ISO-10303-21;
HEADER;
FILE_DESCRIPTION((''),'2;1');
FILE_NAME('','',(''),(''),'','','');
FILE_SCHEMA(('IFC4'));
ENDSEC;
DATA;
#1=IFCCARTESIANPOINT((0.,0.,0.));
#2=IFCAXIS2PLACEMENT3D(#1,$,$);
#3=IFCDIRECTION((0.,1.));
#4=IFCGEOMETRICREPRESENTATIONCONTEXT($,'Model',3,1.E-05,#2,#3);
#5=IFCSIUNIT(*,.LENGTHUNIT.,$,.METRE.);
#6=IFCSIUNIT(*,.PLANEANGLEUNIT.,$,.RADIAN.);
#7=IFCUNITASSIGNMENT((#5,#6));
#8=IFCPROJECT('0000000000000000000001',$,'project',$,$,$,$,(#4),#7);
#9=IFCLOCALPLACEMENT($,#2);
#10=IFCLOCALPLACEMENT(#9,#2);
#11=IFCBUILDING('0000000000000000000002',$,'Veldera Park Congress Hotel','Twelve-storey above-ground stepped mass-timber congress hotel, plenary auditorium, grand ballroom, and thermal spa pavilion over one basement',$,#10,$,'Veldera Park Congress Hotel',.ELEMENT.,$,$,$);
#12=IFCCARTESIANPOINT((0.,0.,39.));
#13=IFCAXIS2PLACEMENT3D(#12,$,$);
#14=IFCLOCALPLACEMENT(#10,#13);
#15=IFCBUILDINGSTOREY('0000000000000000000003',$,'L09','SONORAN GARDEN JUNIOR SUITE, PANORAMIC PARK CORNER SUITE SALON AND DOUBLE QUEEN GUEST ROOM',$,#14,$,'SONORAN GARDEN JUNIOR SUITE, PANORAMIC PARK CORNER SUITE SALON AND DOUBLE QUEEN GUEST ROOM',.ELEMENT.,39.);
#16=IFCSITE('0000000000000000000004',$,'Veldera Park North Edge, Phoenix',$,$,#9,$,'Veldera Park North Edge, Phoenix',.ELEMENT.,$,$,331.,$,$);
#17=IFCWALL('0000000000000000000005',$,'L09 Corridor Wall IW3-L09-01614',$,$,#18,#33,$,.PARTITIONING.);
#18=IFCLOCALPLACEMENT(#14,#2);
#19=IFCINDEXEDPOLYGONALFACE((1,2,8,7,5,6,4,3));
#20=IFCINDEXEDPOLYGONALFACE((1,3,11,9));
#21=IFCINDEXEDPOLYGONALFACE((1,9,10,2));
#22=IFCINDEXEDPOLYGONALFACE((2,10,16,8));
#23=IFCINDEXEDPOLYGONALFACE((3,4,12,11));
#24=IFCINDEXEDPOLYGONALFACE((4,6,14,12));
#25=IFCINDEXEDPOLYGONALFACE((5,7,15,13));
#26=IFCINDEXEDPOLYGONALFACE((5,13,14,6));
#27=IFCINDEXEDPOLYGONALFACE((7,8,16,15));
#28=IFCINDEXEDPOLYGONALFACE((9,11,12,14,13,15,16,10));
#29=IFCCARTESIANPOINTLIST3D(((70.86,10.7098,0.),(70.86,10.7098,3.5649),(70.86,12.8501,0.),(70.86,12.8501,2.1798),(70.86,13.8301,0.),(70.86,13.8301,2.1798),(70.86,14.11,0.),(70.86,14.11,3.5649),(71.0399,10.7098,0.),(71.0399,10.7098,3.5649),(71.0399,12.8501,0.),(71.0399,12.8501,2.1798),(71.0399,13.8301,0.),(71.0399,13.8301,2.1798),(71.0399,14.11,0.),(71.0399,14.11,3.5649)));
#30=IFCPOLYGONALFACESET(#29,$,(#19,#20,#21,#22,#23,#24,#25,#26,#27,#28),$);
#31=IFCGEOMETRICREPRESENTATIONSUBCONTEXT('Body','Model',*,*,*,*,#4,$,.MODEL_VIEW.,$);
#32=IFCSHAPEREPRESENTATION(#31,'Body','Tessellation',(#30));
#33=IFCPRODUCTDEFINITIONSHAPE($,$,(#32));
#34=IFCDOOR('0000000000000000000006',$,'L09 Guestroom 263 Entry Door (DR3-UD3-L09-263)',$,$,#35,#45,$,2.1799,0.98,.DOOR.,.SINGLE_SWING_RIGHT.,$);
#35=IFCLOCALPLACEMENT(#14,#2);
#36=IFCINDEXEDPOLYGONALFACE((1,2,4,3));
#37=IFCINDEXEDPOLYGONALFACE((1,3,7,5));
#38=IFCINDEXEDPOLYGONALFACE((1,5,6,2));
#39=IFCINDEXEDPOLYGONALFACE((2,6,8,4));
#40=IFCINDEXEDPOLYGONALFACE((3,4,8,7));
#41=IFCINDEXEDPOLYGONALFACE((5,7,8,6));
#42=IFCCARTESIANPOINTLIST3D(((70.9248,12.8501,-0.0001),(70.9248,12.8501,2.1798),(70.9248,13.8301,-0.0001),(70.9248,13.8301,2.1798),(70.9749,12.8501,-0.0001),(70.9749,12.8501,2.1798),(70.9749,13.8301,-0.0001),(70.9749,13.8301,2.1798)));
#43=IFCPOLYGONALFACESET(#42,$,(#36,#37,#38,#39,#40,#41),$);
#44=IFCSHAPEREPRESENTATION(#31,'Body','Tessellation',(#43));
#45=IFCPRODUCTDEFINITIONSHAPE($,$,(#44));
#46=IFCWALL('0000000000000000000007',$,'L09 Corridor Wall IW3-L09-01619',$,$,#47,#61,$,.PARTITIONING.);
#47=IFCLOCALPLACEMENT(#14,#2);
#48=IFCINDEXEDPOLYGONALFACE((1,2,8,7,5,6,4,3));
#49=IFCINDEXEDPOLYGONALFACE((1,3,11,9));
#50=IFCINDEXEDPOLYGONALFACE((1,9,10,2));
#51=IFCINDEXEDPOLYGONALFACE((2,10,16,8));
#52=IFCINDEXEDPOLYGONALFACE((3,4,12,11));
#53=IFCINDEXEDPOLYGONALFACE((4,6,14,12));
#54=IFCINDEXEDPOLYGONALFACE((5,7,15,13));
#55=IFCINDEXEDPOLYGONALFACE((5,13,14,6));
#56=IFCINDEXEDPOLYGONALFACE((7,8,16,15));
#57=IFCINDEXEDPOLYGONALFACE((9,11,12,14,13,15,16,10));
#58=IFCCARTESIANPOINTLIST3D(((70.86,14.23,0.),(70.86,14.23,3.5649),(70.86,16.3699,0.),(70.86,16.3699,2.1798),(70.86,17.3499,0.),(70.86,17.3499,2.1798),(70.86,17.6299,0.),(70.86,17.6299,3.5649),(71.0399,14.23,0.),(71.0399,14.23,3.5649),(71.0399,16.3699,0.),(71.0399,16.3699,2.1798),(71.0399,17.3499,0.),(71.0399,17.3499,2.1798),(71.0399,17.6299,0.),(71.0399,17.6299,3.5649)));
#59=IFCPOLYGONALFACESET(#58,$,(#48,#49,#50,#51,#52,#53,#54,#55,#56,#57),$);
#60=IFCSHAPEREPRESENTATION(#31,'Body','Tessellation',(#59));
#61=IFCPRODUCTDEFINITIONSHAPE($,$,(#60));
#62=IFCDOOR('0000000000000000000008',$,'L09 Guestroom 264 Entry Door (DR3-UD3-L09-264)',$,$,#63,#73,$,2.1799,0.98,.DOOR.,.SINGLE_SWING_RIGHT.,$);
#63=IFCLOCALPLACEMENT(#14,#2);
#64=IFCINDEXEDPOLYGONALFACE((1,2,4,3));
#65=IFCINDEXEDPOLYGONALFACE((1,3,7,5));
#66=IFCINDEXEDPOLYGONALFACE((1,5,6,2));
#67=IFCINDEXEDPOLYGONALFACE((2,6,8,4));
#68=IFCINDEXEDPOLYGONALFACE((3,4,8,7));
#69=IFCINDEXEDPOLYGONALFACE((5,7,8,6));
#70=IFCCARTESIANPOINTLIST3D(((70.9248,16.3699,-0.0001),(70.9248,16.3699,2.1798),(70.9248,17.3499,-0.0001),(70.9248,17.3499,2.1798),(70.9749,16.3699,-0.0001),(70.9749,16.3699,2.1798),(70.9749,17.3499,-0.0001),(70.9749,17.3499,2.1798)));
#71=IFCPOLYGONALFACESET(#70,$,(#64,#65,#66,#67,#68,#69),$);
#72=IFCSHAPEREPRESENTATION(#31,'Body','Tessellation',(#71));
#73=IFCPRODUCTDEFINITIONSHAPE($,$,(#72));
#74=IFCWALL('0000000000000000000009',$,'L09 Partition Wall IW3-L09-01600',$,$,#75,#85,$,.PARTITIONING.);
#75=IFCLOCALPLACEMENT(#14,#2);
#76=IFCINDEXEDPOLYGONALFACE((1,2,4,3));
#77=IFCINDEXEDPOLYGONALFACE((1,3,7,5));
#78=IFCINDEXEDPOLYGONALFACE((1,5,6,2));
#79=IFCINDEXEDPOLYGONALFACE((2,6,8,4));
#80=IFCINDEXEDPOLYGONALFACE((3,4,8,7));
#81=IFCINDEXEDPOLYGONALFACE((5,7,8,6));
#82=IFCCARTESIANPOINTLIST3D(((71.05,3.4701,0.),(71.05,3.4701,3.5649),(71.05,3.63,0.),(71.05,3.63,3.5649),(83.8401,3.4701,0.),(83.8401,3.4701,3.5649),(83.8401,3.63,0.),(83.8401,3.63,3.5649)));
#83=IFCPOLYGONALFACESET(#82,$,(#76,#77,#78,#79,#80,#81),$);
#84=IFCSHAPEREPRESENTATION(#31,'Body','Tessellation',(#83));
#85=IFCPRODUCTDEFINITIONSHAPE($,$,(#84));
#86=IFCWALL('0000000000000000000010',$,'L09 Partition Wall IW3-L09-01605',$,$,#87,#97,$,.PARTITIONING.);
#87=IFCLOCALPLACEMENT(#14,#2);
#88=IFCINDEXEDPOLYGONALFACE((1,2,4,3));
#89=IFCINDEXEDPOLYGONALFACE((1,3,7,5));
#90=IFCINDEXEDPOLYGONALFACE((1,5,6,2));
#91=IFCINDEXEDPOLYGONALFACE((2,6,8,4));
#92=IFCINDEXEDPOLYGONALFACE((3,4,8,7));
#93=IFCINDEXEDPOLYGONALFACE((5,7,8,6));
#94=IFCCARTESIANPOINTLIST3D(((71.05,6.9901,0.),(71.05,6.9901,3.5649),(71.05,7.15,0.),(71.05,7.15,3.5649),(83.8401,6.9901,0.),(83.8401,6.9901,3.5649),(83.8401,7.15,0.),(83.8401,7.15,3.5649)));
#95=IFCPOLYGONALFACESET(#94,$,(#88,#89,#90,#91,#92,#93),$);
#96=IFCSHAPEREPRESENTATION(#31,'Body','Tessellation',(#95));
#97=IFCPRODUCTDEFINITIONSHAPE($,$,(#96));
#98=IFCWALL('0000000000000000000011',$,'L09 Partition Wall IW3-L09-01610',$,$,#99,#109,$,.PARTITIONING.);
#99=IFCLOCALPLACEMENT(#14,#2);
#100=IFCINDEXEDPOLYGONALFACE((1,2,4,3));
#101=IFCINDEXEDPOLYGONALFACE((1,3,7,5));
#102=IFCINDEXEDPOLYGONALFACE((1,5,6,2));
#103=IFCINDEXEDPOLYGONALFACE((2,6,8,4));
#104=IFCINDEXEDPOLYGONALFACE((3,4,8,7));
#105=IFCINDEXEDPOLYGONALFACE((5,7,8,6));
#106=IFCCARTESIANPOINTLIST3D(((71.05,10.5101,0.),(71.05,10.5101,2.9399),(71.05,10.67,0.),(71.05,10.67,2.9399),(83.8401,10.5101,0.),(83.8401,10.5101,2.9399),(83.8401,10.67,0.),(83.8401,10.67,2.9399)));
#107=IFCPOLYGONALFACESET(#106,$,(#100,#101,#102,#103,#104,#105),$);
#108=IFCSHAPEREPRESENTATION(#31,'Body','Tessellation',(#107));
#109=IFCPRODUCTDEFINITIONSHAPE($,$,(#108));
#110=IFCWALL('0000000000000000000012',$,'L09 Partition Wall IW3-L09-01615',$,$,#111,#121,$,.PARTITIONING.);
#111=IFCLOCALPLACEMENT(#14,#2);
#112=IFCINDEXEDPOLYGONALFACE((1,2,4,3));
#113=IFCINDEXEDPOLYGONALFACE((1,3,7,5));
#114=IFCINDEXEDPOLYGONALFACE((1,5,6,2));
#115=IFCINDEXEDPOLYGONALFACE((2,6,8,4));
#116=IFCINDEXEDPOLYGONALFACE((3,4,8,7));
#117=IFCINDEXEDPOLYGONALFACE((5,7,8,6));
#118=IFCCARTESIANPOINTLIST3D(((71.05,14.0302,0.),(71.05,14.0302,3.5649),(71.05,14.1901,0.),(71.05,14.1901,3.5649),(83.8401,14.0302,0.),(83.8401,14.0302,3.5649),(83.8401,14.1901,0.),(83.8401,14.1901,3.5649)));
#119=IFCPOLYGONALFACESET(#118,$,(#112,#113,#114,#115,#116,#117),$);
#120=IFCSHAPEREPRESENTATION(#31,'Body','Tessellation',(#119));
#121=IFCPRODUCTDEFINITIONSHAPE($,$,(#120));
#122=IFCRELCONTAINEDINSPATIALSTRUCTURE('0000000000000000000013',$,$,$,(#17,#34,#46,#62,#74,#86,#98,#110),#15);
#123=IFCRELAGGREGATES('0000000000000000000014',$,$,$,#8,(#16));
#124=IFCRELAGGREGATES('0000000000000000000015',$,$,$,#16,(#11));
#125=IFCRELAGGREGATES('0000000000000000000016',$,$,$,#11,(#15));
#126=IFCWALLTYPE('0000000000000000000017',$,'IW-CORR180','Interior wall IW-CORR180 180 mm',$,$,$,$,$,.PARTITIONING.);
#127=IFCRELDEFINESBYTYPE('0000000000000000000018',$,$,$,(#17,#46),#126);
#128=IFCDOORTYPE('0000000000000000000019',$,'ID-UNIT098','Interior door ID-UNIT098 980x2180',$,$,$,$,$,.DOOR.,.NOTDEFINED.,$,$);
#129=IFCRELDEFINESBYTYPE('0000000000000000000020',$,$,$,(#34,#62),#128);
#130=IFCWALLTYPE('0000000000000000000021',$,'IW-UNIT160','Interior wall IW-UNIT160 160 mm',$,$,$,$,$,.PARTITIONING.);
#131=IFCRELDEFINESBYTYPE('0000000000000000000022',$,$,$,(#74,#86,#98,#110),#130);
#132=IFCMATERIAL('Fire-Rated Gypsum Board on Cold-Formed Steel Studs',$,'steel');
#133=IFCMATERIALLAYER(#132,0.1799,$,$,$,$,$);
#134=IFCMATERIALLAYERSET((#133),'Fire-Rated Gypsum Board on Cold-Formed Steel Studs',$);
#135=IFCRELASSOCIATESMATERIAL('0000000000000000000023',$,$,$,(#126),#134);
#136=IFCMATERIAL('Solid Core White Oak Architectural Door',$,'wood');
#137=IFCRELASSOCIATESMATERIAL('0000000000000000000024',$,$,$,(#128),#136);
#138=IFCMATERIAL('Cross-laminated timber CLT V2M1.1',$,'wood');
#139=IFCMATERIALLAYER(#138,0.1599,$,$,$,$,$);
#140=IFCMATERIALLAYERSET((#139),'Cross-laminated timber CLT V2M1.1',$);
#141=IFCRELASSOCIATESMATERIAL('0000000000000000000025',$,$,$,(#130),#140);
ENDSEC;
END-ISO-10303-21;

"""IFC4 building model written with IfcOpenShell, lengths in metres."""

from ifc_helpers import new_model, si_unit, direction, frame, frame_2d, origin, place, context, subcontext, project, spatial, rectangle, extrude, material, layer, layer_set, type_object, element, fill, save


model = new_model("IFC4")

# Units and contexts
model_context = context("Model", 3, precision=1e-05, world=origin(), true_north=direction((0.0, 1.0)))
body_context = subcontext(model_context, "Body", "Model", "MODEL_VIEW")
ifc_project = project(units=[si_unit("LENGTHUNIT", "METRE"), si_unit("PLANEANGLEUNIT", "RADIAN")], contexts=[model_context])

# Site, building, storey
site_placement = place(None, origin())
site = spatial("IfcSite", under=ifc_project, at=site_placement, Name="Veldera Park North Edge, Phoenix", LongName="Veldera Park North Edge, Phoenix", CompositionType="ELEMENT", RefElevation=331.0)
building_placement = place(site_placement, origin())
building = spatial("IfcBuilding", under=site, at=building_placement, Name="Veldera Park Congress Hotel", Description="Twelve-storey above-ground stepped mass-timber congress hotel, plenary auditorium, grand ballroom, and thermal spa pavilion over one basement", LongName="Veldera Park Congress Hotel", CompositionType="ELEMENT")
storey_placement = place(building_placement, frame((0.0, 0.0, 39.0)))
storey = spatial("IfcBuildingStorey", under=building, at=storey_placement, Name="L09", Description="SONORAN GARDEN JUNIOR SUITE, PANORAMIC PARK CORNER SUITE SALON AND DOUBLE QUEEN GUEST ROOM", LongName="SONORAN GARDEN JUNIOR SUITE, PANORAMIC PARK CORNER SUITE SALON AND DOUBLE QUEEN GUEST ROOM", CompositionType="ELEMENT", Elevation=39.0)

# Shared definitions
ifc_material_1 = material(Name="Cross-laminated timber CLT V2M1.1", Category="wood")

# Walls, openings, doors
ifc_material_2 = material(Name="Fire-Rated Gypsum Board on Cold-Formed Steel Studs", Category="steel")
ifc_layer_1 = layer(ifc_material_2, 0.1799)
ifc_layer_set_1 = layer_set([ifc_layer_1], Name="Fire-Rated Gypsum Board on Cold-Formed Steel Studs")
wall_type_1 = type_object("IfcWallType", Name="IW-CORR180", Description="Interior wall IW-CORR180 180 mm", PredefinedType="PARTITIONING", material=ifc_layer_set_1)
ifc_material_3 = material(Name="Solid Core White Oak Architectural Door", Category="wood")
door_type = type_object("IfcDoorType", Name="ID-UNIT098", Description="Interior door ID-UNIT098 980x2180", OperationType="NOTDEFINED", PredefinedType="DOOR", material=ifc_material_3)
wall_1_placement = place(storey_placement, frame((70.95, 14.1101, 0.0), z_axis=(0.0, 0.0, 1.0), x_axis=(0.0, -1.0, 0.0)))
wall_1 = element("IfcWall", 1, at=wall_1_placement, inside=storey, type_object=wall_type_1, Name="L09 Corridor Wall IW3-L09-01614", PredefinedType="PARTITIONING", context=body_context, shape_type="SweptSolid", body=[
    extrude(rectangle(XDim=3.4001, YDim=0.1799, at=frame_2d((1.7002, 0.0))), origin(), (0.0, 0.0, 1.0), 3.5649),
])
opening_1_placement = place(wall_1_placement, frame((0.28, 0.0, 0.0)))
opening_1 = element("IfcOpeningElement", 2, at=opening_1_placement, cuts=wall_1, PredefinedType="OPENING", context=body_context, shape_type="SweptSolid", body=[
    extrude(rectangle(XDim=0.98, YDim=2.1799, at=frame_2d((0.49, 1.0898))), frame((0.0, 0.1021, 0.0), z_axis=(0.0, -1.0, 0.0), x_axis=(1.0, 0.0, 0.0)), (0.0, 0.0, 1.0), 0.2039),
])
door_1_placement = place(opening_1_placement, origin())
door_1 = element("IfcDoor", 3, at=door_1_placement, inside=storey, type_object=door_type, Name="L09 Guestroom 263 Entry Door (DR3-UD3-L09-263)", OperationType="SINGLE_SWING_RIGHT", OverallHeight=2.1799, OverallWidth=0.98, PredefinedType="DOOR", context=body_context, shape_type="SweptSolid", body=[
    extrude(rectangle(XDim=0.98, YDim=2.1799, at=frame_2d((0.49, 1.0898))), frame((0.0, 0.0249, 0.0), z_axis=(0.0, -1.0, 0.0), x_axis=(1.0, 0.0, 0.0)), (0.0, 0.0, 1.0), 0.05),
])
fill(opening_1, door_1)
wall_2_placement = place(storey_placement, frame((70.95, 17.6299, 0.0), z_axis=(0.0, 0.0, 1.0), x_axis=(0.0, -1.0, 0.0)))
wall_2 = element("IfcWall", 4, at=wall_2_placement, inside=storey, type_object=wall_type_1, Name="L09 Corridor Wall IW3-L09-01619", PredefinedType="PARTITIONING", context=body_context, shape_type="SweptSolid", body=[
    extrude(rectangle(XDim=3.3999, YDim=0.1799, at=frame_2d((1.7, 0.0))), origin(), (0.0, 0.0, 1.0), 3.5649),
])
opening_2_placement = place(wall_2_placement, frame((0.28, 0.0, 0.0)))
opening_2 = element("IfcOpeningElement", 5, at=opening_2_placement, cuts=wall_2, PredefinedType="OPENING", context=body_context, shape_type="SweptSolid", body=[
    extrude(rectangle(XDim=0.98, YDim=2.1799, at=frame_2d((0.49, 1.0898))), frame((0.0, 0.1021, 0.0), z_axis=(0.0, -1.0, 0.0), x_axis=(1.0, 0.0, 0.0)), (0.0, 0.0, 1.0), 0.2039),
])
door_2_placement = place(opening_2_placement, origin())
door_2 = element("IfcDoor", 6, at=door_2_placement, inside=storey, type_object=door_type, Name="L09 Guestroom 264 Entry Door (DR3-UD3-L09-264)", OperationType="SINGLE_SWING_RIGHT", OverallHeight=2.1799, OverallWidth=0.98, PredefinedType="DOOR", context=body_context, shape_type="SweptSolid", body=[
    extrude(rectangle(XDim=0.98, YDim=2.1799, at=frame_2d((0.49, 1.0898))), frame((0.0, 0.0249, 0.0), z_axis=(0.0, -1.0, 0.0), x_axis=(1.0, 0.0, 0.0)), (0.0, 0.0, 1.0), 0.05),
])
fill(opening_2, door_2)

# Walls
ifc_layer_2 = layer(ifc_material_1, 0.1599)
ifc_layer_set_2 = layer_set([ifc_layer_2], Name="Cross-laminated timber CLT V2M1.1")
wall_type_2 = type_object("IfcWallType", Name="IW-UNIT160", Description="Interior wall IW-UNIT160 160 mm", PredefinedType="PARTITIONING", material=ifc_layer_set_2)
for number, where, z_axis, x_axis, name in (
    (7, (71.05, 3.55, 0.0), (0.0, 0.0, 1.0), (1.0, 0.0, 0.0), "L09 Partition Wall IW3-L09-01600"),
    (8, (71.05, 7.0701, 0.0), (0.0, 0.0, 1.0), (1.0, 0.0, 0.0), "L09 Partition Wall IW3-L09-01605"),
):
    element("IfcWall", number, at=place(storey_placement, frame(where, z_axis=z_axis, x_axis=x_axis)), inside=storey, type_object=wall_type_2, Name=name, PredefinedType="PARTITIONING", context=body_context, shape_type="SweptSolid", body=[
        extrude(rectangle(XDim=12.79, YDim=0.1599, at=frame_2d((6.395, 0.0))), origin(), (0.0, 0.0, 1.0), 3.5649),
    ])
wall_3_placement = place(storey_placement, frame((71.05, 10.5901, 0.0), z_axis=(0.0, 0.0, 1.0), x_axis=(1.0, 0.0, 0.0)))
element("IfcWall", 9, at=wall_3_placement, inside=storey, type_object=wall_type_2, Name="L09 Partition Wall IW3-L09-01610", PredefinedType="PARTITIONING", context=body_context, shape_type="SweptSolid", body=[
    extrude(rectangle(XDim=12.79, YDim=0.1599, at=frame_2d((6.395, 0.0))), origin(), (0.0, 0.0, 1.0), 2.9399),
])
wall_4_placement = place(storey_placement, frame((71.05, 14.1101, 0.0), z_axis=(0.0, 0.0, 1.0), x_axis=(1.0, 0.0, 0.0)))
element("IfcWall", 10, at=wall_4_placement, inside=storey, type_object=wall_type_2, Name="L09 Partition Wall IW3-L09-01615", PredefinedType="PARTITIONING", context=body_context, shape_type="SweptSolid", body=[
    extrude(rectangle(XDim=12.79, YDim=0.1599, at=frame_2d((6.395, 0.0))), origin(), (0.0, 0.0, 1.0), 3.5649),
])

save(model, "model.ifc")
